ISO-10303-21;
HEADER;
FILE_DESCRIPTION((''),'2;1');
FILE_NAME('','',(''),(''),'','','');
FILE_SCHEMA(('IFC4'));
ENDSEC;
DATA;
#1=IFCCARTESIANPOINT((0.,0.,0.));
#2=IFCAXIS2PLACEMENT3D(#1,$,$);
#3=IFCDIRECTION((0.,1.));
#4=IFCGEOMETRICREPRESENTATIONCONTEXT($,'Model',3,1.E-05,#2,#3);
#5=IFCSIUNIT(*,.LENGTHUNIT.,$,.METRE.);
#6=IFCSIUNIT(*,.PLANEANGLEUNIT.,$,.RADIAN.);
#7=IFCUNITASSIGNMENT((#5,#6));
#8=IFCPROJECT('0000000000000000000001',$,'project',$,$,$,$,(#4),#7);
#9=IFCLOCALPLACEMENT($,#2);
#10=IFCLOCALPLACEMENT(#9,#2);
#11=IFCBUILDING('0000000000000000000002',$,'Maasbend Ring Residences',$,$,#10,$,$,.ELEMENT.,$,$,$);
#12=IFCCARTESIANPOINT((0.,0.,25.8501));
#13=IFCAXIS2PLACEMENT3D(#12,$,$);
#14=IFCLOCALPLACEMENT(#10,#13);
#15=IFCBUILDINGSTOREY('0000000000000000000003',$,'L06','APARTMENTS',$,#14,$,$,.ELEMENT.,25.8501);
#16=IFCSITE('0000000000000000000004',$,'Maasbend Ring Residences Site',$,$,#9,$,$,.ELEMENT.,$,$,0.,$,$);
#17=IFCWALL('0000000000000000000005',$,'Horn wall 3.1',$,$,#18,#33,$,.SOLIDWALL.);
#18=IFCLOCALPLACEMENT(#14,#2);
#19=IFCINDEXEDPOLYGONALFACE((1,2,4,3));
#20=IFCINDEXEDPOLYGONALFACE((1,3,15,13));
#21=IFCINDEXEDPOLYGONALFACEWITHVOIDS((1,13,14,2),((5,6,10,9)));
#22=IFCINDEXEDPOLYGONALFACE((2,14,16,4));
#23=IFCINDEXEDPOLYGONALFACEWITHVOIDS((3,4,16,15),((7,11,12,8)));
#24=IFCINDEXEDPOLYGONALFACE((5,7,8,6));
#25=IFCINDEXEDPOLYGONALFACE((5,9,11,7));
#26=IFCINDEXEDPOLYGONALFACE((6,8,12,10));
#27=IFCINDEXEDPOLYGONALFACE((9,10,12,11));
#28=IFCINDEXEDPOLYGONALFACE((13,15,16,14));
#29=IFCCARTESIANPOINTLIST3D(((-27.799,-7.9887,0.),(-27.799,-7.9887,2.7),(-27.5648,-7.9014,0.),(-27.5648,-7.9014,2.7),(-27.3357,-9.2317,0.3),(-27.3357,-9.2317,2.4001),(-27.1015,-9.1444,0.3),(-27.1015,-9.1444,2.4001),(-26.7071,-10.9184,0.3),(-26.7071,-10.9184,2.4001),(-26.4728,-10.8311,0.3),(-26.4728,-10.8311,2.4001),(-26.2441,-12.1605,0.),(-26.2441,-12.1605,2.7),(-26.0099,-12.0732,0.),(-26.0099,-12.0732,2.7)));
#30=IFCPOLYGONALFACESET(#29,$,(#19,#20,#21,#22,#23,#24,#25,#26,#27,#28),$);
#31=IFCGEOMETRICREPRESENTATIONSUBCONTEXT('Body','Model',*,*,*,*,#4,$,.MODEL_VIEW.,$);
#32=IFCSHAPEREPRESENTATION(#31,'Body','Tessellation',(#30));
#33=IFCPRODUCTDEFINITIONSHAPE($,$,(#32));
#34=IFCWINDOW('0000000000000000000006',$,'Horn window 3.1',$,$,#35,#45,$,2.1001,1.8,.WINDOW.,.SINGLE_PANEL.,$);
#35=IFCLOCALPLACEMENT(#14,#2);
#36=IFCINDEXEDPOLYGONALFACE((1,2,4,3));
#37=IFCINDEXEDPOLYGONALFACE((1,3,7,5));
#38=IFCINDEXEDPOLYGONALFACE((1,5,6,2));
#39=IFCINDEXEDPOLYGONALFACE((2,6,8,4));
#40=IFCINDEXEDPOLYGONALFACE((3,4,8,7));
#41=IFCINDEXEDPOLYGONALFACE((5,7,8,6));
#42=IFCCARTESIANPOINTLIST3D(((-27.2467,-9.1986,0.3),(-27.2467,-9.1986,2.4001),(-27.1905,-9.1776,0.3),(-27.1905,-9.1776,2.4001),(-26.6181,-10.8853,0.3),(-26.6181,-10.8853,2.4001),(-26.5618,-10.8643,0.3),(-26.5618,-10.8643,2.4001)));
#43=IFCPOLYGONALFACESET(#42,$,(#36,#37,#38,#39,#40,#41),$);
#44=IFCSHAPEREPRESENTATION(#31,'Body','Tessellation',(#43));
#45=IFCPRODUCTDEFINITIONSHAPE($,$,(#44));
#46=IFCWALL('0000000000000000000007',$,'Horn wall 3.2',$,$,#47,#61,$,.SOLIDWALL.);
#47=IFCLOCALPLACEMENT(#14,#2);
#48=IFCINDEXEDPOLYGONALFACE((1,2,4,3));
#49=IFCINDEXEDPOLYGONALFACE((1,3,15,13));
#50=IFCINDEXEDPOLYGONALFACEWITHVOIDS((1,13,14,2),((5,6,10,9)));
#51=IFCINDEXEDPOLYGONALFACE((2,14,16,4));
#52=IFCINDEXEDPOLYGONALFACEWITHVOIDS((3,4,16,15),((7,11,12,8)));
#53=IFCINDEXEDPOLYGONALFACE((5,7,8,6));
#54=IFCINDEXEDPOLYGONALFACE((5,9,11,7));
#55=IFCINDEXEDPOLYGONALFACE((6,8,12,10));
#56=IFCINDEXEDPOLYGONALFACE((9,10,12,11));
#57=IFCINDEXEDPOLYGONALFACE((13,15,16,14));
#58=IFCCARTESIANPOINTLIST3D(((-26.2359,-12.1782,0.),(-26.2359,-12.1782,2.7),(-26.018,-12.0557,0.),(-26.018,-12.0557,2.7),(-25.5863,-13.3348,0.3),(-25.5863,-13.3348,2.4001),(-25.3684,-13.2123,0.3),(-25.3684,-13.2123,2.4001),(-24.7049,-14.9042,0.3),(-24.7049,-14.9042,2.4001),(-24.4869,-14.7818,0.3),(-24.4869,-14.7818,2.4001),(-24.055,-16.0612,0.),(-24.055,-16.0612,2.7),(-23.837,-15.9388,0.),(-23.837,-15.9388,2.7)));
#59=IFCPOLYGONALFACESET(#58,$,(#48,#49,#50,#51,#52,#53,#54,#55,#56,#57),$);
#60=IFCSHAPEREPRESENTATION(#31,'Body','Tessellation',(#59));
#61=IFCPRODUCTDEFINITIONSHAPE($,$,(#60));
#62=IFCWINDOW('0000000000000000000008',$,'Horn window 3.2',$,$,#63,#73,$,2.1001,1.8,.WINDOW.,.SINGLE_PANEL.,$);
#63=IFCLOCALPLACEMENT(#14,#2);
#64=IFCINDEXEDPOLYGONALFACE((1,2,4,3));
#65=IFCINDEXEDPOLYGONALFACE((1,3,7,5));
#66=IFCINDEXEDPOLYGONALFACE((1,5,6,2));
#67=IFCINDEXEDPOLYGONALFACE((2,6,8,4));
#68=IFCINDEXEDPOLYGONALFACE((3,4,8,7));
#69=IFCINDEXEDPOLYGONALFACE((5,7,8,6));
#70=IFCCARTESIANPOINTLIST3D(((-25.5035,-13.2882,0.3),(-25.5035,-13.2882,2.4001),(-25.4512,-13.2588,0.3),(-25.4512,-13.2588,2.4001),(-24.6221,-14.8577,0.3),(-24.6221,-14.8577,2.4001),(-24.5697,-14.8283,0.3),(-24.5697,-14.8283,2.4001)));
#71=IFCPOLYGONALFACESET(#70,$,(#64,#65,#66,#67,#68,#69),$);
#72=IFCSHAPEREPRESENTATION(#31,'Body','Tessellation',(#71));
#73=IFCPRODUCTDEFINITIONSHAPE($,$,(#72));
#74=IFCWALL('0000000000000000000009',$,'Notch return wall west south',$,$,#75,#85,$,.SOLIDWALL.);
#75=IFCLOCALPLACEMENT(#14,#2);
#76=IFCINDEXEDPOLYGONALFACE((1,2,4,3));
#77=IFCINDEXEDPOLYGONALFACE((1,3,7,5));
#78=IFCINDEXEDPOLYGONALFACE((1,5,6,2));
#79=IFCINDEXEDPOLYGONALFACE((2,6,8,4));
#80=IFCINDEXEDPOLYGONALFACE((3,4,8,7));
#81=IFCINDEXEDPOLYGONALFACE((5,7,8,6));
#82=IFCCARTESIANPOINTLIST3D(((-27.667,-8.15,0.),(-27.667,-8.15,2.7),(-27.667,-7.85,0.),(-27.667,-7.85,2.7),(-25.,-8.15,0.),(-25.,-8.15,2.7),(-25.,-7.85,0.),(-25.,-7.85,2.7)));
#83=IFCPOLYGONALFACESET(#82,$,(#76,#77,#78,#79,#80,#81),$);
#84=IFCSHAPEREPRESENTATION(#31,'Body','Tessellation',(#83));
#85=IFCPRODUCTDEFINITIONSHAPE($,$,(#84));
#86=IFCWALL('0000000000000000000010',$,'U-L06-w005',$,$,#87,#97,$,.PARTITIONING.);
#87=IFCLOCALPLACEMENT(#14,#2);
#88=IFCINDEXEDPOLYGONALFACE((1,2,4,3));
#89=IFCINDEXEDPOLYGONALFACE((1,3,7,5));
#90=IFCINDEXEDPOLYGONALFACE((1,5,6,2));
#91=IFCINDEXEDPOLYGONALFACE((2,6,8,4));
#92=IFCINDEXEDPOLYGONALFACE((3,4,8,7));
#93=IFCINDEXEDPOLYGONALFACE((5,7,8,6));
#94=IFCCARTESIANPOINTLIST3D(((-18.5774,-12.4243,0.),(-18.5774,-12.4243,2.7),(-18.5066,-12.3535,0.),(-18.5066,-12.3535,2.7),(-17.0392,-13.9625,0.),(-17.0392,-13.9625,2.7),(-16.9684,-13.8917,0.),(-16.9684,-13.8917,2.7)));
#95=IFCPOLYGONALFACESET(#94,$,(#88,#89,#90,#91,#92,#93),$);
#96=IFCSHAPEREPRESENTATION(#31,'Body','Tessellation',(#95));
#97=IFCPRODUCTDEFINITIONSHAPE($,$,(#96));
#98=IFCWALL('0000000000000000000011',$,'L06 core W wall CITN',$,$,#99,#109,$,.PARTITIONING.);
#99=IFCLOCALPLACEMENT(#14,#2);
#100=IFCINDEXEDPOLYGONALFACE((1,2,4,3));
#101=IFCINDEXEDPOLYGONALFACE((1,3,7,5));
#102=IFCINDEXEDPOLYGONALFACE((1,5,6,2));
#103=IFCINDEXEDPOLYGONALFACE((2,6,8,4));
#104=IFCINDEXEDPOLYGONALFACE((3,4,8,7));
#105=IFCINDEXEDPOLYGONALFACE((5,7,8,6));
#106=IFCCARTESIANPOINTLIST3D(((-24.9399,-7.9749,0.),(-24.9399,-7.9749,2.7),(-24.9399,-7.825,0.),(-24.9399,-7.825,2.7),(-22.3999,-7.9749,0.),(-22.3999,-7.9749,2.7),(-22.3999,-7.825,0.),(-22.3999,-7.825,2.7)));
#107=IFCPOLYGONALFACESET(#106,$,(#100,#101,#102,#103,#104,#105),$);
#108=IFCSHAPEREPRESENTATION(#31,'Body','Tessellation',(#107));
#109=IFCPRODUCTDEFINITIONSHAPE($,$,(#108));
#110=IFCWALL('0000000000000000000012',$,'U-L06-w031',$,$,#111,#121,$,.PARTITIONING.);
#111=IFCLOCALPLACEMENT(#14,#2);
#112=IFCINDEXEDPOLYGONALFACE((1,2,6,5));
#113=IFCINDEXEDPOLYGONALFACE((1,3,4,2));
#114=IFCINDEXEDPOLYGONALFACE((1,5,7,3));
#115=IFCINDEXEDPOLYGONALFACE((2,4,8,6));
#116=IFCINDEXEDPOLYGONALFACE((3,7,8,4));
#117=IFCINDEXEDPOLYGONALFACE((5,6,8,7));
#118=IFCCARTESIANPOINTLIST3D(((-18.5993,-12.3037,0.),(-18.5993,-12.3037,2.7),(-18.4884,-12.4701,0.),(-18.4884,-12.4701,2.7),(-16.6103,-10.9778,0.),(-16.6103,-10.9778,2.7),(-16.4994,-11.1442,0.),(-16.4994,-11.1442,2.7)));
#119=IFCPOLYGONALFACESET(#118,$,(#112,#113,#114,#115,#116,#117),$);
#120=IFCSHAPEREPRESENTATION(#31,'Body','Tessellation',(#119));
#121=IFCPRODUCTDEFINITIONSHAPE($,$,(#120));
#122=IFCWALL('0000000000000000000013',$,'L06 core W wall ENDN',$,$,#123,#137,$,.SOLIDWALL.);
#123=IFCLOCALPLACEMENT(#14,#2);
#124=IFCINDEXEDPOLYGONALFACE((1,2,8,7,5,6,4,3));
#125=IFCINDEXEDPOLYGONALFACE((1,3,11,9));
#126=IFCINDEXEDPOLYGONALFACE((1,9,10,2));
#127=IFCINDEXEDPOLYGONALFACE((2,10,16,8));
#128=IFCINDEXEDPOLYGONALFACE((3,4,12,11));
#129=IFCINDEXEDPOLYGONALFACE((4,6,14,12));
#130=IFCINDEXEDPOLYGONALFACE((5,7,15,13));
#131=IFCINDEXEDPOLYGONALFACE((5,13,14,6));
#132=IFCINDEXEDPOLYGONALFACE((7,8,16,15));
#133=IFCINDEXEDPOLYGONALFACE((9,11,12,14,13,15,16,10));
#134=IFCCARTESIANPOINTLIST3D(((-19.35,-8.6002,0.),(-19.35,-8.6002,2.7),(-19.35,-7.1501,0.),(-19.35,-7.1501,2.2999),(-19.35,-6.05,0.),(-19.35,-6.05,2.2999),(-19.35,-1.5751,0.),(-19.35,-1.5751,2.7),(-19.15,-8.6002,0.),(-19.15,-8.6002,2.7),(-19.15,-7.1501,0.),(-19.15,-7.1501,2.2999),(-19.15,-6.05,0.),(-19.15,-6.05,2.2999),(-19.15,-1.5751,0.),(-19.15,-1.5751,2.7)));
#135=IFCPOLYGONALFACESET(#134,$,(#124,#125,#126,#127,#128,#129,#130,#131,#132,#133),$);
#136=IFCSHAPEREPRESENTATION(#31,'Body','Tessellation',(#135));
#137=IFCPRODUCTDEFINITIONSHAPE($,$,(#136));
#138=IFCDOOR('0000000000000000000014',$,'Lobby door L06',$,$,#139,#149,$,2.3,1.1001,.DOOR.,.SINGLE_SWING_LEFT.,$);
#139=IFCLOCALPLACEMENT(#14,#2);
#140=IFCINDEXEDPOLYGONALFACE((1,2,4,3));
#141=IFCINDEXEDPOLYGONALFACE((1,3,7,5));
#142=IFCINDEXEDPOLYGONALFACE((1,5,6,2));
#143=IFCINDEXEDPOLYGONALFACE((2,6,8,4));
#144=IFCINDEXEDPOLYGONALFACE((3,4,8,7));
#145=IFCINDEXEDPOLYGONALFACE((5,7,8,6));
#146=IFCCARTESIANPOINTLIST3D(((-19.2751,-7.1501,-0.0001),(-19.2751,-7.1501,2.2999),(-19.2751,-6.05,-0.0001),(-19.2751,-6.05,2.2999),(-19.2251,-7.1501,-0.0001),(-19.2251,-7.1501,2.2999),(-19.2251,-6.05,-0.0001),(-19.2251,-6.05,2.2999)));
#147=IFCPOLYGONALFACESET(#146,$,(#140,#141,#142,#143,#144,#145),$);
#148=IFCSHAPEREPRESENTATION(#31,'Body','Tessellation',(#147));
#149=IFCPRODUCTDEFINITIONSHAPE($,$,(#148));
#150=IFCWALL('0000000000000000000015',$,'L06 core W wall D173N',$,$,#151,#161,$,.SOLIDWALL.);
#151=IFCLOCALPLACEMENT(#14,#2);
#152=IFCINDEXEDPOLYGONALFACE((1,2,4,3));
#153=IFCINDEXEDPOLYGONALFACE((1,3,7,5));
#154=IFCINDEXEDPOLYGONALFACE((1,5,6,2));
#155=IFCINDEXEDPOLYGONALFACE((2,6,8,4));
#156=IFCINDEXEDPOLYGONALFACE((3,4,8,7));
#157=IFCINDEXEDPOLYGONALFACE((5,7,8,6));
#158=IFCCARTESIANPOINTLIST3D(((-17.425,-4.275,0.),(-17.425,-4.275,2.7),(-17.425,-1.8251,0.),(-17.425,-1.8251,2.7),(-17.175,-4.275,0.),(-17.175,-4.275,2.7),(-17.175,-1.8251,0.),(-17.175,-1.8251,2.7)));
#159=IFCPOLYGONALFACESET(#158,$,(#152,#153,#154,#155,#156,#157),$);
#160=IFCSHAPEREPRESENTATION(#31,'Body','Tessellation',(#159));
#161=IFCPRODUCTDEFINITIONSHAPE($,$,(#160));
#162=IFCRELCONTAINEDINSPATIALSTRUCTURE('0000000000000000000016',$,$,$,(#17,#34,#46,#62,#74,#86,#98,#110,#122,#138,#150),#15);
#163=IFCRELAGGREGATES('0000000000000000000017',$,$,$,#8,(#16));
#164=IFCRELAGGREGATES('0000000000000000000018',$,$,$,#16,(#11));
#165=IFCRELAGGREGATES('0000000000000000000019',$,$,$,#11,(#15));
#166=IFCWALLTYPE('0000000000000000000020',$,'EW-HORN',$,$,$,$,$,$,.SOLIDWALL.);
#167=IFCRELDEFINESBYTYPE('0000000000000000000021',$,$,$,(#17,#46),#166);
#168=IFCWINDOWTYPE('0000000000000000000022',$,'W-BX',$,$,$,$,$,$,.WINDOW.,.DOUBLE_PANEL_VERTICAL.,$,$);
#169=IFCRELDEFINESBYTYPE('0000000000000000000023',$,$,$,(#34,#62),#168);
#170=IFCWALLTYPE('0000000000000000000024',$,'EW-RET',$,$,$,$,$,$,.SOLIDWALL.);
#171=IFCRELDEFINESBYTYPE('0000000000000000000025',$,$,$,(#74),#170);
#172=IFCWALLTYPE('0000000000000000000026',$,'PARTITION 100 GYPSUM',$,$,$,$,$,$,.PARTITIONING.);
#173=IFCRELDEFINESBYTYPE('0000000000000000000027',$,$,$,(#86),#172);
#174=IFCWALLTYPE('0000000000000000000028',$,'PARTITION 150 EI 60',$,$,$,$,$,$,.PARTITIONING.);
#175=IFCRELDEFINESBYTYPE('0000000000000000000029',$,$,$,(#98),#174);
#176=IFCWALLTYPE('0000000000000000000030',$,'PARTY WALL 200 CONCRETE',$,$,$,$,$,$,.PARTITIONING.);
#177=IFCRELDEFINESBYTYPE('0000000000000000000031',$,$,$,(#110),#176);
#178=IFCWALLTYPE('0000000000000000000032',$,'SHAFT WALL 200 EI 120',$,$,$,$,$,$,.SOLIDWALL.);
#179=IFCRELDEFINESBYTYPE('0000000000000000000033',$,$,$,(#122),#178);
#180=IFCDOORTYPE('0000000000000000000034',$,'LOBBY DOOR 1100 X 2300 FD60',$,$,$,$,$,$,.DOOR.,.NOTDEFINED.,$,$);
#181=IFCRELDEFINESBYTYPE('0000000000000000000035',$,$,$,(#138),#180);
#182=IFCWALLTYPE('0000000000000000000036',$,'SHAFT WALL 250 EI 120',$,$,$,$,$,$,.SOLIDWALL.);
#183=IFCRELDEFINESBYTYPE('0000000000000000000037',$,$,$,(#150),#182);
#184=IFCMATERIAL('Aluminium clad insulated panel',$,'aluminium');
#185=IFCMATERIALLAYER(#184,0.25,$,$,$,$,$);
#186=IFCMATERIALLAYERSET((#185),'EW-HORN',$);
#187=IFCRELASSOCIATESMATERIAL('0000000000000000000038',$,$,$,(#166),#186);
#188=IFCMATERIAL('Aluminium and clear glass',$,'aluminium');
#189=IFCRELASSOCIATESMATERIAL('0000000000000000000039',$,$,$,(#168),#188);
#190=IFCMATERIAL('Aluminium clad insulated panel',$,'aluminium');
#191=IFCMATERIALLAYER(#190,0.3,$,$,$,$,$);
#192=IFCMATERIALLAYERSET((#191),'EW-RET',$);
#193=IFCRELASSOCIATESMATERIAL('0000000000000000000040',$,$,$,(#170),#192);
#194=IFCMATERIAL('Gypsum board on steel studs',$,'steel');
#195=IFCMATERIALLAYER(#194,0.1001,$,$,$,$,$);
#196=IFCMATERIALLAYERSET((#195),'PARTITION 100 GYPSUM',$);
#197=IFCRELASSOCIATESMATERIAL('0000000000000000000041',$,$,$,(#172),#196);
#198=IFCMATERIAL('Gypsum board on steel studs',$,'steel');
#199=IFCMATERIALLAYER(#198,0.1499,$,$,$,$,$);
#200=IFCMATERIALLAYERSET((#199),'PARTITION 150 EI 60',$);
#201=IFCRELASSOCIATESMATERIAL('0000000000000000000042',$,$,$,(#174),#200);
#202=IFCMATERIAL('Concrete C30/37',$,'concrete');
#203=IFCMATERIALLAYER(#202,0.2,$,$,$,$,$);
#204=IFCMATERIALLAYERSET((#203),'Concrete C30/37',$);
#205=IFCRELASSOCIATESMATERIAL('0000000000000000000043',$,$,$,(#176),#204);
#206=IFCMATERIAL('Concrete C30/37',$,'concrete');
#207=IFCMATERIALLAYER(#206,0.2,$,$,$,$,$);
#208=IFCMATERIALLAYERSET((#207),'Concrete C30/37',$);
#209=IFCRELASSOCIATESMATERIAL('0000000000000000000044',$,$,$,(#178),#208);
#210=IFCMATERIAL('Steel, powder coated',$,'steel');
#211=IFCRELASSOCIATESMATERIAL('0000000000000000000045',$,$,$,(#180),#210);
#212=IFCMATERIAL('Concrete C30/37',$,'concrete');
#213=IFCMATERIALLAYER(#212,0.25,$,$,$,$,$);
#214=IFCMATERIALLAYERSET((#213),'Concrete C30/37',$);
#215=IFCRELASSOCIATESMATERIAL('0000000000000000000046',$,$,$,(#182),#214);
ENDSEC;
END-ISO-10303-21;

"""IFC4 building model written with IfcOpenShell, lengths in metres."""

from ifc_helpers import new_model, si_unit, direction, frame, frame_2d, origin, place, context, subcontext, project, spatial, rectangle, extrude, material, layer, layer_set, type_object, element, fill, save


model = new_model("IFC4")

# Units and contexts
model_context = context("Model", 3, precision=1e-05, world=origin(), true_north=direction((0.0, 1.0)))
body_context = subcontext(model_context, "Body", "Model", "MODEL_VIEW")
ifc_project = project(units=[si_unit("LENGTHUNIT", "METRE"), si_unit("PLANEANGLEUNIT", "RADIAN")], contexts=[model_context])

# Site, building, storey
site_placement = place(None, origin())
site = spatial("IfcSite", under=ifc_project, at=site_placement, Name="Maasbend Ring Residences Site", CompositionType="ELEMENT", RefElevation=0.0)
building_placement = place(site_placement, origin())
building = spatial("IfcBuilding", under=site, at=building_placement, Name="Maasbend Ring Residences", CompositionType="ELEMENT")
storey_placement = place(building_placement, frame((0.0, 0.0, 25.8501)))
storey = spatial("IfcBuildingStorey", under=building, at=storey_placement, Name="L06", Description="APARTMENTS", CompositionType="ELEMENT", Elevation=25.8501)

# Walls, openings, windows
ifc_material_1 = material(Name="Aluminium clad insulated panel", Category="aluminium")
ifc_layer_1 = layer(ifc_material_1, 0.25)
ifc_layer_set_1 = layer_set([ifc_layer_1], Name="EW-HORN")
wall_type_1 = type_object("IfcWallType", Name="EW-HORN", PredefinedType="SOLIDWALL", material=ifc_layer_set_1)
wall_1_placement = place(storey_placement, frame((-27.6819, -7.9451, 0.0), z_axis=(0.0, 0.0, 1.0), x_axis=(0.349248, -0.93703, 0.0)))
wall_1 = element("IfcWall", 1, at=wall_1_placement, inside=storey, type_object=wall_type_1, Name="Horn wall 3.1", PredefinedType="SOLIDWALL", context=body_context, shape_type="SweptSolid", body=[
    extrude(rectangle(XDim=4.4521, YDim=0.25, at=frame_2d((2.2261, 0.0))), origin(), (0.0, 0.0, 1.0), 2.7),
])
opening_1_placement = place(wall_1_placement, frame((1.3267, 0.0, 0.3)))
opening_1 = element("IfcOpeningElement", 2, at=opening_1_placement, cuts=wall_1, PredefinedType="OPENING", context=body_context, shape_type="SweptSolid", body=[
    extrude(rectangle(XDim=1.8, YDim=2.1001, at=frame_2d((0.8999, 1.05))), frame((0.0, 0.135, 0.0), z_axis=(0.0, -1.0, 0.0), x_axis=(1.0, 0.0, 0.0)), (0.0, 0.0, 1.0), 0.27),
])
ifc_material_2 = material(Name="Aluminium and clear glass", Category="aluminium")
window_type = type_object("IfcWindowType", Name="W-BX", PartitioningType="DOUBLE_PANEL_VERTICAL", PredefinedType="WINDOW", material=ifc_material_2)
window_1_placement = place(opening_1_placement, origin())
window_1 = element("IfcWindow", 3, at=window_1_placement, inside=storey, type_object=window_type, Name="Horn window 3.1", OverallHeight=2.1001, OverallWidth=1.8, PartitioningType="SINGLE_PANEL", PredefinedType="WINDOW", context=body_context, shape_type="SweptSolid", body=[
    extrude(rectangle(XDim=1.8, YDim=2.1001, at=frame_2d((0.8999, 1.05))), frame((0.0, 0.03, 0.0), z_axis=(0.0, -1.0, 0.0), x_axis=(1.0, 0.0, 0.0)), (0.0, 0.0, 1.0), 0.0601),
])
fill(opening_1, window_1)
wall_2_placement = place(storey_placement, frame((-26.127, -12.1169, 0.0), z_axis=(0.0, 0.0, 1.0), x_axis=(0.489696, -0.871893, 0.0)))
wall_2 = element("IfcWall", 4, at=wall_2_placement, inside=storey, type_object=wall_type_1, Name="Horn wall 3.2", PredefinedType="SOLIDWALL", context=body_context, shape_type="SweptSolid", body=[
    extrude(rectangle(XDim=4.4536, YDim=0.25, at=frame_2d((2.2268, 0.0))), origin(), (0.0, 0.0, 1.0), 2.7),
])
opening_2_placement = place(wall_2_placement, frame((1.3267, 0.0, 0.3)))
opening_2 = element("IfcOpeningElement", 5, at=opening_2_placement, cuts=wall_2, PredefinedType="OPENING", context=body_context, shape_type="SweptSolid", body=[
    extrude(rectangle(XDim=1.8, YDim=2.1001, at=frame_2d((0.8999, 1.05))), frame((0.0, 0.135, 0.0), z_axis=(0.0, -1.0, 0.0), x_axis=(1.0, 0.0, 0.0)), (0.0, 0.0, 1.0), 0.27),
])
window_2_placement = place(opening_2_placement, origin())
window_2 = element("IfcWindow", 6, at=window_2_placement, inside=storey, type_object=window_type, Name="Horn window 3.2", OverallHeight=2.1001, OverallWidth=1.8, PartitioningType="SINGLE_PANEL", PredefinedType="WINDOW", context=body_context, shape_type="SweptSolid", body=[
    extrude(rectangle(XDim=1.8, YDim=2.1001, at=frame_2d((0.8999, 1.05))), frame((0.0, 0.03, 0.0), z_axis=(0.0, -1.0, 0.0), x_axis=(1.0, 0.0, 0.0)), (0.0, 0.0, 1.0), 0.0601),
])
fill(opening_2, window_2)

# Walls
ifc_material_3 = material(Name="Aluminium clad insulated panel", Category="aluminium")
ifc_layer_2 = layer(ifc_material_3, 0.3)
ifc_layer_set_2 = layer_set([ifc_layer_2], Name="EW-RET")
wall_type_2 = type_object("IfcWallType", Name="EW-RET", PredefinedType="SOLIDWALL", material=ifc_layer_set_2)
wall_3_placement = place(storey_placement, frame((-25.0, -8.0, 0.0), z_axis=(0.0, 0.0, 1.0), x_axis=(-1.0, 0.0, 0.0)))
element("IfcWall", 7, at=wall_3_placement, inside=storey, type_object=wall_type_2, Name="Notch return wall west south", PredefinedType="SOLIDWALL", context=body_context, shape_type="SweptSolid", body=[
    extrude(rectangle(XDim=2.667, YDim=0.3, at=frame_2d((1.3335, 0.0))), origin(), (0.0, 0.0, 1.0), 2.7),
])
ifc_material_4 = material(Name="Gypsum board on steel studs", Category="steel")
ifc_layer_3 = layer(ifc_material_4, 0.1001)
ifc_layer_set_3 = layer_set([ifc_layer_3], Name="PARTITION 100 GYPSUM")
wall_type_3 = type_object("IfcWallType", Name="PARTITION 100 GYPSUM", PredefinedType="PARTITIONING", material=ifc_layer_set_3)
wall_4_placement = place(storey_placement, frame((-18.542, -12.3889, 0.0), z_axis=(0.0, 0.0, 1.0), x_axis=(0.707107, -0.707107, 0.0)))
element("IfcWall", 8, at=wall_4_placement, inside=storey, type_object=wall_type_3, Name="U-L06-w005", PredefinedType="PARTITIONING", context=body_context, shape_type="SweptSolid", body=[
    extrude(rectangle(XDim=2.1753, YDim=0.1001, at=frame_2d((1.0876, 0.0))), origin(), (0.0, 0.0, 1.0), 2.7),
])
ifc_material_5 = material(Name="Gypsum board on steel studs", Category="steel")
ifc_layer_4 = layer(ifc_material_5, 0.1499)
ifc_layer_set_4 = layer_set([ifc_layer_4], Name="PARTITION 150 EI 60")
wall_type_4 = type_object("IfcWallType", Name="PARTITION 150 EI 60", PredefinedType="PARTITIONING", material=ifc_layer_set_4)
wall_5_placement = place(storey_placement, frame((-22.3999, -7.8999, 0.0), z_axis=(0.0, 0.0, 1.0), x_axis=(-1.0, 0.0, 0.0)))
element("IfcWall", 9, at=wall_5_placement, inside=storey, type_object=wall_type_4, Name="L06 core W wall CITN", PredefinedType="PARTITIONING", context=body_context, shape_type="SweptSolid", body=[
    extrude(rectangle(XDim=2.54, YDim=0.1499, at=frame_2d((1.27, 0.0))), origin(), (0.0, 0.0, 1.0), 2.7),
])
ifc_material_6 = material(Name="Concrete C30/37", Category="concrete")
ifc_layer_5 = layer(ifc_material_6, 0.2)
ifc_layer_set_5 = layer_set([ifc_layer_5], Name="Concrete C30/37")
wall_type_5 = type_object("IfcWallType", Name="PARTY WALL 200 CONCRETE", PredefinedType="PARTITIONING", material=ifc_layer_set_5)
wall_6_placement = place(storey_placement, frame((-18.5439, -12.387, 0.0), z_axis=(0.0, 0.0, 1.0), x_axis=(0.832066, 0.554677, 0.0)))
element("IfcWall", 10, at=wall_6_placement, inside=storey, type_object=wall_type_5, Name="U-L06-w031", PredefinedType="PARTITIONING", context=body_context, shape_type="SweptSolid", body=[
    extrude(rectangle(XDim=2.3904, YDim=0.2, at=frame_2d((1.1953, 0.0))), origin(), (0.0, 0.0, 1.0), 2.7),
])

# Wall, opening, door
ifc_material_7 = material(Name="Concrete C30/37", Category="concrete")
ifc_layer_6 = layer(ifc_material_7, 0.2)
ifc_layer_set_6 = layer_set([ifc_layer_6], Name="Concrete C30/37")
wall_type_6 = type_object("IfcWallType", Name="SHAFT WALL 200 EI 120", PredefinedType="SOLIDWALL", material=ifc_layer_set_6)
wall_7_placement = place(storey_placement, frame((-19.25, -1.575, 0.0), z_axis=(0.0, 0.0, 1.0), x_axis=(0.0, -1.0, 0.0)))
wall_7 = element("IfcWall", 11, at=wall_7_placement, inside=storey, type_object=wall_type_6, Name="L06 core W wall ENDN", PredefinedType="SOLIDWALL", context=body_context, shape_type="SweptSolid", body=[
    extrude(rectangle(XDim=7.0251, YDim=0.2, at=frame_2d((3.5127, 0.0))), origin(), (0.0, 0.0, 1.0), 2.7),
])
opening_3_placement = place(wall_7_placement, frame((4.4751, 0.0, 0.0)))
opening_3 = element("IfcOpeningElement", 12, at=opening_3_placement, cuts=wall_7, PredefinedType="OPENING", context=body_context, shape_type="SweptSolid", body=[
    extrude(rectangle(XDim=1.1001, YDim=2.3, at=frame_2d((0.55, 1.1499))), frame((0.0, 0.1099, 0.0), z_axis=(0.0, -1.0, 0.0), x_axis=(1.0, 0.0, 0.0)), (0.0, 0.0, 1.0), 0.22),
])
ifc_material_8 = material(Name="Steel, powder coated", Category="steel")
door_type_1 = type_object("IfcDoorType", Name="LOBBY DOOR 1100 X 2300 FD60", OperationType="NOTDEFINED", PredefinedType="DOOR", material=ifc_material_8)
door_1_placement = place(opening_3_placement, origin())
door_1 = element("IfcDoor", 13, at=door_1_placement, inside=storey, type_object=door_type_1, Name="Lobby door L06", OperationType="SINGLE_SWING_LEFT", OverallHeight=2.3, OverallWidth=1.1001, PredefinedType="DOOR", context=body_context, shape_type="SweptSolid", body=[
    extrude(rectangle(XDim=1.1001, YDim=2.3, at=frame_2d((0.55, 1.1499))), frame((0.0, 0.0249, 0.0), z_axis=(0.0, -1.0, 0.0), x_axis=(1.0, 0.0, 0.0)), (0.0, 0.0, 1.0), 0.05),
])
fill(opening_3, door_1)

# Wall
ifc_material_9 = material(Name="Concrete C30/37", Category="concrete")
ifc_layer_7 = layer(ifc_material_9, 0.25)
ifc_layer_set_7 = layer_set([ifc_layer_7], Name="Concrete C30/37")
wall_type_7 = type_object("IfcWallType", Name="SHAFT WALL 250 EI 120", PredefinedType="SOLIDWALL", material=ifc_layer_set_7)
wall_8_placement = place(storey_placement, frame((-17.3, -1.825, 0.0), z_axis=(0.0, 0.0, 1.0), x_axis=(0.0, -1.0, 0.0)))
element("IfcWall", 14, at=wall_8_placement, inside=storey, type_object=wall_type_7, Name="L06 core W wall D173N", PredefinedType="SOLIDWALL", context=body_context, shape_type="SweptSolid", body=[
    extrude(rectangle(XDim=2.45, YDim=0.25, at=frame_2d((1.2251, 0.0))), origin(), (0.0, 0.0, 1.0), 2.7),
])

save(model, "model.ifc")
